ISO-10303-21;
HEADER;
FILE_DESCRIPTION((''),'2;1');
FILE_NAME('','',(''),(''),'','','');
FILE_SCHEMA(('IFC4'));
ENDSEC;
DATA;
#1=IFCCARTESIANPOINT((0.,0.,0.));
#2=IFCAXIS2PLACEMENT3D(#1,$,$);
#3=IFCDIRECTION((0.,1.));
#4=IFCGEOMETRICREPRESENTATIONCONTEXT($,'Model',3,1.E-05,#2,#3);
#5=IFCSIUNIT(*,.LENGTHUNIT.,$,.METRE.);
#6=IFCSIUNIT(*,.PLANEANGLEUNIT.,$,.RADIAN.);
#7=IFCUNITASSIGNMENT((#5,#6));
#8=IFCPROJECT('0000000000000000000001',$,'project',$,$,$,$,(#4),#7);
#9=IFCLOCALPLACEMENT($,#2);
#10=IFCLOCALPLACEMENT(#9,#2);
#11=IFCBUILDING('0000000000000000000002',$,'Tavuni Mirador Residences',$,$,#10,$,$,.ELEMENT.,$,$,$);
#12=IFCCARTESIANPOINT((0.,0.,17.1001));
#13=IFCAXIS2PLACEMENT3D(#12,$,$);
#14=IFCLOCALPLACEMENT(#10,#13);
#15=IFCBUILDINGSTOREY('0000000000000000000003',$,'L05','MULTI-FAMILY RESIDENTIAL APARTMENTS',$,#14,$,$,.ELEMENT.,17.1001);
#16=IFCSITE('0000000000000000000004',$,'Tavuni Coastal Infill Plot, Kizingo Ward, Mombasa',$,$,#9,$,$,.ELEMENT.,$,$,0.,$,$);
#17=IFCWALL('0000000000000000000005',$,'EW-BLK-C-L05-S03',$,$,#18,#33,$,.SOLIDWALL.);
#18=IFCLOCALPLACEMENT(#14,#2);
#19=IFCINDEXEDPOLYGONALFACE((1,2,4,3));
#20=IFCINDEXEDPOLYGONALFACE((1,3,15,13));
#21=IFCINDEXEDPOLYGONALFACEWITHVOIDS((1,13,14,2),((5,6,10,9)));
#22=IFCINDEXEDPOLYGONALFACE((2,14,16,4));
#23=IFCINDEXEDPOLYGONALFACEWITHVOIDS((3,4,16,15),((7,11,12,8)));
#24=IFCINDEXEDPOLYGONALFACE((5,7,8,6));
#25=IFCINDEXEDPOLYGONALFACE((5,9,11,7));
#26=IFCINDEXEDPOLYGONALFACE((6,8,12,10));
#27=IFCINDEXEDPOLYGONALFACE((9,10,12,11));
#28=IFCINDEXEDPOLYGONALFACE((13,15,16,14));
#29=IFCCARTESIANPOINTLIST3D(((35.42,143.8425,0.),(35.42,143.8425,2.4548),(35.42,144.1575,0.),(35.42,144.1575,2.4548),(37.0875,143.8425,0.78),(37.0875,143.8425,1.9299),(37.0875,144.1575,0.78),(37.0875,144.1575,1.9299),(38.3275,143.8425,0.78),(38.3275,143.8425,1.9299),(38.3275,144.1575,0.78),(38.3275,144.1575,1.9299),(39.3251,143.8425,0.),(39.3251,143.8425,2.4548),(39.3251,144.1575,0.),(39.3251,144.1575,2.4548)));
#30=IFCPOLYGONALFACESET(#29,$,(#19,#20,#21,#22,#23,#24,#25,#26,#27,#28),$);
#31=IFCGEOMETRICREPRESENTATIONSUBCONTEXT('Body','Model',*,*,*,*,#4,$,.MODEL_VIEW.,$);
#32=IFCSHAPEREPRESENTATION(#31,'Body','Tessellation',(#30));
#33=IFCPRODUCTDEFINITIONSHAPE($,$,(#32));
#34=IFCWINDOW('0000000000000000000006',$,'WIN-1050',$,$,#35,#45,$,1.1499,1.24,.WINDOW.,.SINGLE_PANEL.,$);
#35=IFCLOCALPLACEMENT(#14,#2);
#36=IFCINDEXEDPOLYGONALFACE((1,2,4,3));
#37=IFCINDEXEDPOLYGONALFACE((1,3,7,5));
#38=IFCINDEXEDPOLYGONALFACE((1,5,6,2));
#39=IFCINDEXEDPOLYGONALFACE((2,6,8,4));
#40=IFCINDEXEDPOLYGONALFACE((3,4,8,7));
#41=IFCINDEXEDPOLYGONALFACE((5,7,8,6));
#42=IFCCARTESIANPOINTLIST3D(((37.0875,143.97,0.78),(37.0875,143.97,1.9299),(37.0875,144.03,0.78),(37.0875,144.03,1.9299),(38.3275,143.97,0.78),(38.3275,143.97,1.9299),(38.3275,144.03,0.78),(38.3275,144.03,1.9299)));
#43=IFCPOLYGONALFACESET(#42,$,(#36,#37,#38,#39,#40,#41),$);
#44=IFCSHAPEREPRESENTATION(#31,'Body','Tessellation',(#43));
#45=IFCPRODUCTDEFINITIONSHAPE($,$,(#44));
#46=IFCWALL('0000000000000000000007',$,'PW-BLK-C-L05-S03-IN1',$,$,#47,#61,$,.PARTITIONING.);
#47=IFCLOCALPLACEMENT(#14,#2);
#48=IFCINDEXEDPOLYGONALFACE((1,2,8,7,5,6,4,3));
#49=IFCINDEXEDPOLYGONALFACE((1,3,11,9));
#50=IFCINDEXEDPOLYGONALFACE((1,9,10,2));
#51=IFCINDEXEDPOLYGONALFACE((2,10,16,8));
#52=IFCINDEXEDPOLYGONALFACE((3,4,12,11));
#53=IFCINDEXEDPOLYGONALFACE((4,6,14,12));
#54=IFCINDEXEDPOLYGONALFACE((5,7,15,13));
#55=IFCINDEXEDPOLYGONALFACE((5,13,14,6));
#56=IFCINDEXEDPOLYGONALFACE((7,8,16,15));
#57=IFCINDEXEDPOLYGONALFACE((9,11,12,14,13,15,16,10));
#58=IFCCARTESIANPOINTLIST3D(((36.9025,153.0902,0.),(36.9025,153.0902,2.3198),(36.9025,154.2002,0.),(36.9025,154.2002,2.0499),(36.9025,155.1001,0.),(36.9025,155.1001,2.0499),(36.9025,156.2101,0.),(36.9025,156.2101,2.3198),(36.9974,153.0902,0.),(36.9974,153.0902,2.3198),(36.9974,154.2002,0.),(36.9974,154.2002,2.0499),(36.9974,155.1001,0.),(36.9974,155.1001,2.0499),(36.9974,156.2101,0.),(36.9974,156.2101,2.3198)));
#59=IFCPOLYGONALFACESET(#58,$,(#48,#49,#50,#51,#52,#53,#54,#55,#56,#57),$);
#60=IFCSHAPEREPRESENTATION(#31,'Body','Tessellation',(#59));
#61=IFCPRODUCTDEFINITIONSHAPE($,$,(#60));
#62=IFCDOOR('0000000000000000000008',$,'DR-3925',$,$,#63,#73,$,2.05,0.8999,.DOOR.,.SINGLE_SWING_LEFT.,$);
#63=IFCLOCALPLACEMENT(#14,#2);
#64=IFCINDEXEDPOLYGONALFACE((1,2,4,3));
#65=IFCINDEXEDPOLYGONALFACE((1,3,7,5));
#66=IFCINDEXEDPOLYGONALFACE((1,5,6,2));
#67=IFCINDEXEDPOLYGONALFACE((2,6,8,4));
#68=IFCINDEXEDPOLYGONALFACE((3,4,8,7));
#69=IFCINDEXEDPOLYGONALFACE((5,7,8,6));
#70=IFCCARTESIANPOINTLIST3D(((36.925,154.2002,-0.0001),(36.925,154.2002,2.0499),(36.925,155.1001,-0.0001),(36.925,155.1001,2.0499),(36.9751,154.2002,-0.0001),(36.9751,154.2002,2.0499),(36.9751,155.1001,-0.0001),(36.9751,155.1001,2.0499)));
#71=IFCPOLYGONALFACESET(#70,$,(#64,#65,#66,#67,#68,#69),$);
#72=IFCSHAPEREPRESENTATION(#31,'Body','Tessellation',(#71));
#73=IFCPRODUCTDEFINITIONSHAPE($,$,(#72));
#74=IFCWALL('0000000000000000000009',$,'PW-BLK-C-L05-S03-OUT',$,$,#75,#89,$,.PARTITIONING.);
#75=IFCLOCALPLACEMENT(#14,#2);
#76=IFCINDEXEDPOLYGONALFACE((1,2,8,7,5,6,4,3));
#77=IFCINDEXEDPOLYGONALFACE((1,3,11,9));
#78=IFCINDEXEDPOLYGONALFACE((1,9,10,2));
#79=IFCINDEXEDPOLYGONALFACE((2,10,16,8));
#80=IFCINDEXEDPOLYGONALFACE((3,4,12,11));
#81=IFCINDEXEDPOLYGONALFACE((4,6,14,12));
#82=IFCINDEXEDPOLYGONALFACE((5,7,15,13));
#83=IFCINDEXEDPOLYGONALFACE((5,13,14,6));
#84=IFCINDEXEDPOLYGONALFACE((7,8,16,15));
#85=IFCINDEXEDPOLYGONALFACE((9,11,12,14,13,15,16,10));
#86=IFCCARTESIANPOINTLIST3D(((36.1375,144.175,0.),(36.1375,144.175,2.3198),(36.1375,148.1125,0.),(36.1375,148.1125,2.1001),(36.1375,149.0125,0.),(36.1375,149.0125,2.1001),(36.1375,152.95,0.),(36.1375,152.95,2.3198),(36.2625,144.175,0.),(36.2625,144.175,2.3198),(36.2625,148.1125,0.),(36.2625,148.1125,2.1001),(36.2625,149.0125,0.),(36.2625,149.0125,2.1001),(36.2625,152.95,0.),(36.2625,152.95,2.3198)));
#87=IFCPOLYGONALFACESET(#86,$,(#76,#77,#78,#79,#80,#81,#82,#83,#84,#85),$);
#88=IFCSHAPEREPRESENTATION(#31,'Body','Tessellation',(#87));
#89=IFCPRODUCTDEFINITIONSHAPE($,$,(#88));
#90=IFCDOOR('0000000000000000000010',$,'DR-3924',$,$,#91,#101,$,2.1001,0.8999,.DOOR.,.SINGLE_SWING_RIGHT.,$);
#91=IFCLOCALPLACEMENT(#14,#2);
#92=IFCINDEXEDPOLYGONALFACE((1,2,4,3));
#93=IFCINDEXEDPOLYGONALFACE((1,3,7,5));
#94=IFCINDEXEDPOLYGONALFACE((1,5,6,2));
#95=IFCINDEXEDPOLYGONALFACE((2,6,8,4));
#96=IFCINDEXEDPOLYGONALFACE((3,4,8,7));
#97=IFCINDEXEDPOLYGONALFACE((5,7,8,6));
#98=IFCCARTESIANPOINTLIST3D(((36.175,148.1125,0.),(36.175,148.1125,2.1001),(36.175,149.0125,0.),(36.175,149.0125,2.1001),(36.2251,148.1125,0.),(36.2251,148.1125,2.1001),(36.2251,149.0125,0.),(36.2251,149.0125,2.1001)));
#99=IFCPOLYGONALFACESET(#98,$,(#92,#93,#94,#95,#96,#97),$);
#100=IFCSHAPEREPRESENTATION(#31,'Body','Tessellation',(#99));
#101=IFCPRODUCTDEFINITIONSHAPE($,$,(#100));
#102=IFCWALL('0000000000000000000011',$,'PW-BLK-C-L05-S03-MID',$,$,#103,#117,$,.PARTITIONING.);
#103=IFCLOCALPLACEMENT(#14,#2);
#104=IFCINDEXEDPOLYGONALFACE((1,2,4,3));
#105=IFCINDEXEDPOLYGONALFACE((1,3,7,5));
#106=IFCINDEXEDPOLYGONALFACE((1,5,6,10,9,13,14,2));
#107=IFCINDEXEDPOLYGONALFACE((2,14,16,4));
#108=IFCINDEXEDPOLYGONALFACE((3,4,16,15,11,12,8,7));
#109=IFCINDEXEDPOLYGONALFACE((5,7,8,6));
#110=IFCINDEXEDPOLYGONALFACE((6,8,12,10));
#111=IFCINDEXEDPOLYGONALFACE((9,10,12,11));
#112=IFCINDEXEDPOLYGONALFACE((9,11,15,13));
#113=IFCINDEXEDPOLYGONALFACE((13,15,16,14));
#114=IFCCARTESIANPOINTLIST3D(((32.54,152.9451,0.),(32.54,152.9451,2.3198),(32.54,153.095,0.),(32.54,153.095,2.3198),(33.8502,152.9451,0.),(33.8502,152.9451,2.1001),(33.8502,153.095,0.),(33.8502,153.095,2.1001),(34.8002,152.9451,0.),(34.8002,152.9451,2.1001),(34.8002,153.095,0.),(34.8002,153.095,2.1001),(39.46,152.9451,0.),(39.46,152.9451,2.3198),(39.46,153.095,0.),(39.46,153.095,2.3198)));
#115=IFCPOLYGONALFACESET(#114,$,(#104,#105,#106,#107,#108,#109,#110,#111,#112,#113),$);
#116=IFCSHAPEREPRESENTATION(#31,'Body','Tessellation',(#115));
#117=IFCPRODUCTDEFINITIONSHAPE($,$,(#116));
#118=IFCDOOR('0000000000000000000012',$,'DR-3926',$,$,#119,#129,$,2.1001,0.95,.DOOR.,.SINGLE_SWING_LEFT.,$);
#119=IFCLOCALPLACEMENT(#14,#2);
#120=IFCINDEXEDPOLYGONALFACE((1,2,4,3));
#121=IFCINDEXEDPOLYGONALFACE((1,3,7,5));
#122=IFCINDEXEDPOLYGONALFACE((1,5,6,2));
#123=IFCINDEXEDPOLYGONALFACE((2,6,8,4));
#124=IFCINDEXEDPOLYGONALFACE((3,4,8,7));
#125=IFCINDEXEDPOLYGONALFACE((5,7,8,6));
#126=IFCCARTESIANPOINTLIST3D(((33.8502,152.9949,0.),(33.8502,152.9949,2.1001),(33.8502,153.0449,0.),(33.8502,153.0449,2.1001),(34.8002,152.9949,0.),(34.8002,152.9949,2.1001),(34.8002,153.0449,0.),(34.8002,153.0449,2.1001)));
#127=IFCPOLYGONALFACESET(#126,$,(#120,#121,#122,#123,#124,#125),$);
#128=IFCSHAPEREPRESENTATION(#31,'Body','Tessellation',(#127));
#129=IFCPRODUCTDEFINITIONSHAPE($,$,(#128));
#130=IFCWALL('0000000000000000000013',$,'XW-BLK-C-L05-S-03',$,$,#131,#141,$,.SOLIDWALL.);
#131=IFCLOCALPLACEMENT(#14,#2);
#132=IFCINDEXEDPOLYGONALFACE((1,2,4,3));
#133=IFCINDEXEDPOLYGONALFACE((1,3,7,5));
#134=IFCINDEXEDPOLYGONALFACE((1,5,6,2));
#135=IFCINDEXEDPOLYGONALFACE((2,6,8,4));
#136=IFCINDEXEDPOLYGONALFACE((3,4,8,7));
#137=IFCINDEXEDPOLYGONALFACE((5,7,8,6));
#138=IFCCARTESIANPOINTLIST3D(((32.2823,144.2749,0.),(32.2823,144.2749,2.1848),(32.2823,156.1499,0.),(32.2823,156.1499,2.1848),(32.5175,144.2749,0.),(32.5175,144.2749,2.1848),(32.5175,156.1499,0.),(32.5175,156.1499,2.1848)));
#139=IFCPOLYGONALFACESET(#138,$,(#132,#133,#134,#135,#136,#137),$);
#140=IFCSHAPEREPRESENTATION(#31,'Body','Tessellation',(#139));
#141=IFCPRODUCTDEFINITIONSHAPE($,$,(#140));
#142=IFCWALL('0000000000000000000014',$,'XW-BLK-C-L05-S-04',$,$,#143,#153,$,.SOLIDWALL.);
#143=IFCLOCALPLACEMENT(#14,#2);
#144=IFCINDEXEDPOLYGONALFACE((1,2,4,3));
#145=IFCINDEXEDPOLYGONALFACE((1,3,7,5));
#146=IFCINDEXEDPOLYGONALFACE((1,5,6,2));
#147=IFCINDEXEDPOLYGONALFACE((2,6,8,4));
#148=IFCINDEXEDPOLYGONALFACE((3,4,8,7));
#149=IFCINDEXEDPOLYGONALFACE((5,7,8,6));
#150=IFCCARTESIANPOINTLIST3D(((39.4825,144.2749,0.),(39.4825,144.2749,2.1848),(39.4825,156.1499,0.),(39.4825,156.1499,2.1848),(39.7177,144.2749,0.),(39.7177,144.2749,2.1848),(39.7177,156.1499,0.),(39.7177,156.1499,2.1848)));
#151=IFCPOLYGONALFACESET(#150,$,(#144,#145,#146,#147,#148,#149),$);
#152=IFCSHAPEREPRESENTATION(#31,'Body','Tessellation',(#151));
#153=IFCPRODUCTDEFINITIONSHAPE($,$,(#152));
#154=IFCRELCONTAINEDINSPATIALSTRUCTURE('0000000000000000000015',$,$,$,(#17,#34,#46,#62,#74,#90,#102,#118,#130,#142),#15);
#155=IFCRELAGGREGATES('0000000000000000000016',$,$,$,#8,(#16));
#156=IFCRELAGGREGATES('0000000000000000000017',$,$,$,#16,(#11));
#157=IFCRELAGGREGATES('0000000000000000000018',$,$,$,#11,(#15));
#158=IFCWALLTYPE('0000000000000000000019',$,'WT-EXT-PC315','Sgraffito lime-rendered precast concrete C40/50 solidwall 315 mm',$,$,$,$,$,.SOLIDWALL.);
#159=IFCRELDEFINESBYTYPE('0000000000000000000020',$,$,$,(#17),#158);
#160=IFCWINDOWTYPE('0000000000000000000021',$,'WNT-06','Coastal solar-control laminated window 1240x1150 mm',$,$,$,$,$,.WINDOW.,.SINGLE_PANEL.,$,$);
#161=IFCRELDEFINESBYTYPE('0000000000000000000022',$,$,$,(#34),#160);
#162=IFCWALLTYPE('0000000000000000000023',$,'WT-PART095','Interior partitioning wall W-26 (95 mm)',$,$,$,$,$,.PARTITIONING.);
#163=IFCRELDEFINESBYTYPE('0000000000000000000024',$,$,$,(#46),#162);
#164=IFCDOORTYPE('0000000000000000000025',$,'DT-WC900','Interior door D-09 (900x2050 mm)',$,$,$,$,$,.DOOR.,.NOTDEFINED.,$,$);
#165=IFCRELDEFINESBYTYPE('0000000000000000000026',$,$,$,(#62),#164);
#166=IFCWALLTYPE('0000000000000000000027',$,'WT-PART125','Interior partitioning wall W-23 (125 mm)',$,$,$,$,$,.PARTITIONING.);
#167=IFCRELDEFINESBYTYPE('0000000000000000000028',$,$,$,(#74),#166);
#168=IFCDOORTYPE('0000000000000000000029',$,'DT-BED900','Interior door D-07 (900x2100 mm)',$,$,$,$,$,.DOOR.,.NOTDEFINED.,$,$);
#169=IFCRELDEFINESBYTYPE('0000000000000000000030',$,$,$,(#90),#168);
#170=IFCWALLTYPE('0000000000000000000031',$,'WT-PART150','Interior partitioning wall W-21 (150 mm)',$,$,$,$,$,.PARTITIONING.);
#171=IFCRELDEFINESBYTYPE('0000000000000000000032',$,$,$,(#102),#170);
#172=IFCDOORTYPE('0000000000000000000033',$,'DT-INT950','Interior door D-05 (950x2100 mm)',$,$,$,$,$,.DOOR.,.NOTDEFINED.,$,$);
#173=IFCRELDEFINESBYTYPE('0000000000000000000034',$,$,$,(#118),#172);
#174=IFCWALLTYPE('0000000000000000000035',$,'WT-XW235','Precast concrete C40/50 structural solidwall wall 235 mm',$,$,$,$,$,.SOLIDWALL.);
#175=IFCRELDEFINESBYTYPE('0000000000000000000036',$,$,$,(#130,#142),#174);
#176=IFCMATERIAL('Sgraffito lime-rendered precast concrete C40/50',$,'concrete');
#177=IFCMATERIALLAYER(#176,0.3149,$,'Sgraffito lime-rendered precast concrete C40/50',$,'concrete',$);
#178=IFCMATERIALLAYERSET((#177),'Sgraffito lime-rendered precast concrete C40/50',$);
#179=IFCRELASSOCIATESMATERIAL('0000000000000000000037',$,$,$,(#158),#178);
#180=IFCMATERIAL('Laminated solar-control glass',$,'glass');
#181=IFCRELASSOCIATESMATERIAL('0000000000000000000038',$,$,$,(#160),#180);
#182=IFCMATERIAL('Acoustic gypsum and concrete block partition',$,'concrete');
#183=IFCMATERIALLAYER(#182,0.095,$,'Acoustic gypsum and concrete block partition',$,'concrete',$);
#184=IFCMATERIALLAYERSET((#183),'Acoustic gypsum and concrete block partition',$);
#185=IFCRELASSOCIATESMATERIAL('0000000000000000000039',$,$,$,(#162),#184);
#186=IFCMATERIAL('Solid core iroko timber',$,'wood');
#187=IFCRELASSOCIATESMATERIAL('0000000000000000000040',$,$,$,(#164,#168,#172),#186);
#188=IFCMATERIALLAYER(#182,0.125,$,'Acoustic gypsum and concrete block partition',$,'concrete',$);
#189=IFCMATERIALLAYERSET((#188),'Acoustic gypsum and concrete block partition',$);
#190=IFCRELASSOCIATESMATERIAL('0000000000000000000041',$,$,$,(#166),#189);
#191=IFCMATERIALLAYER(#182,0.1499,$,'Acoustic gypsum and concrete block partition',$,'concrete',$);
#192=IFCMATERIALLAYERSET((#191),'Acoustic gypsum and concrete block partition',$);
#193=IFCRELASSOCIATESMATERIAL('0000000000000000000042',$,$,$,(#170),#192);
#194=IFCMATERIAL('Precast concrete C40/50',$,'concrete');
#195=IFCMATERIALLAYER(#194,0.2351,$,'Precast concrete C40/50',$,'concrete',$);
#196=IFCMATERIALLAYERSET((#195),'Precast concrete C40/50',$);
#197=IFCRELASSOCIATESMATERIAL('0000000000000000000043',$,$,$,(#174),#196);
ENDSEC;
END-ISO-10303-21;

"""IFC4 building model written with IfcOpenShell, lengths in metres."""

from ifc_helpers import new_model, si_unit, direction, frame, frame_2d, origin, place, context, subcontext, project, spatial, rectangle, extrude, material, layer, layer_set, type_object, element, fill, save


model = new_model("IFC4")

# Units and contexts
model_context = context("Model", 3, precision=1e-05, world=origin(), true_north=direction((0.0, 1.0)))
body_context = subcontext(model_context, "Body", "Model", "MODEL_VIEW")
ifc_project = project(units=[si_unit("LENGTHUNIT", "METRE"), si_unit("PLANEANGLEUNIT", "RADIAN")], contexts=[model_context])

# Site, building, storey
site_placement = place(None, origin())
site = spatial("IfcSite", under=ifc_project, at=site_placement, Name="Tavuni Coastal Infill Plot, Kizingo Ward, Mombasa", CompositionType="ELEMENT", RefElevation=0.0)
building_placement = place(site_placement, origin())
building = spatial("IfcBuilding", under=site, at=building_placement, Name="Tavuni Mirador Residences", CompositionType="ELEMENT")
storey_placement = place(building_placement, frame((0.0, 0.0, 17.1001)))
storey = spatial("IfcBuildingStorey", under=building, at=storey_placement, Name="L05", Description="MULTI-FAMILY RESIDENTIAL APARTMENTS", CompositionType="ELEMENT", Elevation=17.1001)

# Shared definitions
ifc_material_1 = material(Name="Precast concrete C40/50", Category="concrete")

# Shared definitions
ifc_material_2 = material(Name="Solid core iroko timber", Category="wood")

# Wall, opening, window
ifc_material_3 = material(Name="Sgraffito lime-rendered precast concrete C40/50", Category="concrete")
ifc_layer_1 = layer(ifc_material_3, 0.3149, Name="Sgraffito lime-rendered precast concrete C40/50", Category="concrete")
ifc_layer_set_1 = layer_set([ifc_layer_1], Name="Sgraffito lime-rendered precast concrete C40/50")
wall_type_1 = type_object("IfcWallType", Name="WT-EXT-PC315", Description="Sgraffito lime-rendered precast concrete C40/50 solidwall 315 mm", PredefinedType="SOLIDWALL", material=ifc_layer_set_1)
wall_1_placement = place(storey_placement, frame((35.4199, 144.0, 0.0), z_axis=(0.0, 0.0, 1.0), x_axis=(1.0, 0.0, 0.0)))
wall_1 = element("IfcWall", 1, at=wall_1_placement, inside=storey, type_object=wall_type_1, Name="EW-BLK-C-L05-S03", PredefinedType="SOLIDWALL", context=body_context, shape_type="SweptSolid", body=[
    extrude(rectangle(XDim=3.905, YDim=0.3149, at=frame_2d((1.9526, 0.0))), origin(), (0.0, 0.0, 1.0), 2.4548),
])
opening_1_placement = place(wall_1_placement, frame((1.6675, 0.0, 0.78)))
opening_1 = element("IfcOpeningElement", 2, at=opening_1_placement, cuts=wall_1, PredefinedType="OPENING", context=body_context, shape_type="SweptSolid", body=[
    extrude(rectangle(XDim=1.24, YDim=1.1499, at=frame_2d((0.6201, 0.575))), frame((0.0, 0.1675, 0.0), z_axis=(0.0, -1.0, 0.0), x_axis=(1.0, 0.0, 0.0)), (0.0, 0.0, 1.0), 0.335),
])
ifc_material_4 = material(Name="Laminated solar-control glass", Category="glass")
window_type = type_object("IfcWindowType", Name="WNT-06", Description="Coastal solar-control laminated window 1240x1150 mm", PartitioningType="SINGLE_PANEL", PredefinedType="WINDOW", material=ifc_material_4)
window_placement = place(opening_1_placement, origin())
window = element("IfcWindow", 3, at=window_placement, inside=storey, type_object=window_type, Name="WIN-1050", OverallHeight=1.1499, OverallWidth=1.24, PartitioningType="SINGLE_PANEL", PredefinedType="WINDOW", context=body_context, shape_type="SweptSolid", body=[
    extrude(rectangle(XDim=1.24, YDim=1.1499, at=frame_2d((0.6201, 0.575))), frame((0.0, 0.03, 0.0), z_axis=(0.0, -1.0, 0.0), x_axis=(1.0, 0.0, 0.0)), (0.0, 0.0, 1.0), 0.0601),
])
fill(opening_1, window)

# Walls, openings, doors
ifc_material_5 = material(Name="Acoustic gypsum and concrete block partition", Category="concrete")
ifc_layer_2 = layer(ifc_material_5, 0.095, Name="Acoustic gypsum and concrete block partition", Category="concrete")
ifc_layer_set_2 = layer_set([ifc_layer_2], Name="Acoustic gypsum and concrete block partition")
wall_type_2 = type_object("IfcWallType", Name="WT-PART095", Description="Interior partitioning wall W-26 (95 mm)", PredefinedType="PARTITIONING", material=ifc_layer_set_2)
wall_2_placement = place(storey_placement, frame((36.95, 153.0901, 0.0), z_axis=(0.0, 0.0, 1.0), x_axis=(0.0, 1.0, 0.0)))
wall_2 = element("IfcWall", 4, at=wall_2_placement, inside=storey, type_object=wall_type_2, Name="PW-BLK-C-L05-S03-IN1", PredefinedType="PARTITIONING", context=body_context, shape_type="SweptSolid", body=[
    extrude(rectangle(XDim=3.1199, YDim=0.095, at=frame_2d((1.5601, 0.0))), origin(), (0.0, 0.0, 1.0), 2.3198),
])
opening_2_placement = place(wall_2_placement, frame((1.1101, 0.0, 0.0)))
opening_2 = element("IfcOpeningElement", 5, at=opening_2_placement, cuts=wall_2, PredefinedType="OPENING", context=body_context, shape_type="SweptSolid", body=[
    extrude(rectangle(XDim=0.8999, YDim=2.05, at=frame_2d((0.45, 1.0249))), frame((0.0, 0.0576, 0.0), z_axis=(0.0, -1.0, 0.0), x_axis=(1.0, 0.0, 0.0)), (0.0, 0.0, 1.0), 0.115),
])
door_type_1 = type_object("IfcDoorType", Name="DT-WC900", Description="Interior door D-09 (900x2050 mm)", OperationType="NOTDEFINED", PredefinedType="DOOR", material=ifc_material_2)
door_1_placement = place(opening_2_placement, origin())
door_1 = element("IfcDoor", 6, at=door_1_placement, inside=storey, type_object=door_type_1, Name="DR-3925", OperationType="SINGLE_SWING_LEFT", OverallHeight=2.05, OverallWidth=0.8999, PredefinedType="DOOR", context=body_context, shape_type="SweptSolid", body=[
    extrude(rectangle(XDim=0.8999, YDim=2.05, at=frame_2d((0.45, 1.0249))), frame((0.0, 0.0249, 0.0), z_axis=(0.0, -1.0, 0.0), x_axis=(1.0, 0.0, 0.0)), (0.0, 0.0, 1.0), 0.05),
])
fill(opening_2, door_1)
ifc_layer_3 = layer(ifc_material_5, 0.125, Name="Acoustic gypsum and concrete block partition", Category="concrete")
ifc_layer_set_3 = layer_set([ifc_layer_3], Name="Acoustic gypsum and concrete block partition")
wall_type_3 = type_object("IfcWallType", Name="WT-PART125", Description="Interior partitioning wall W-23 (125 mm)", PredefinedType="PARTITIONING", material=ifc_layer_set_3)
wall_3_placement = place(storey_placement, frame((36.2, 144.175, 0.0), z_axis=(0.0, 0.0, 1.0), x_axis=(0.0, 1.0, 0.0)))
wall_3 = element("IfcWall", 7, at=wall_3_placement, inside=storey, type_object=wall_type_3, Name="PW-BLK-C-L05-S03-OUT", PredefinedType="PARTITIONING", context=body_context, shape_type="SweptSolid", body=[
    extrude(rectangle(XDim=8.7749, YDim=0.125, at=frame_2d((4.3875, 0.0))), origin(), (0.0, 0.0, 1.0), 2.3198),
])
opening_3_placement = place(wall_3_placement, frame((3.9375, 0.0, 0.0)))
opening_3 = element("IfcOpeningElement", 8, at=opening_3_placement, cuts=wall_3, PredefinedType="OPENING", context=body_context, shape_type="SweptSolid", body=[
    extrude(rectangle(XDim=0.8999, YDim=2.1001, at=frame_2d((0.45, 1.05))), frame((0.0, 0.0725, 0.0), z_axis=(0.0, -1.0, 0.0), x_axis=(1.0, 0.0, 0.0)), (0.0, 0.0, 1.0), 0.145),
])
door_type_2 = type_object("IfcDoorType", Name="DT-BED900", Description="Interior door D-07 (900x2100 mm)", OperationType="NOTDEFINED", PredefinedType="DOOR", material=ifc_material_2)
door_2_placement = place(opening_3_placement, origin())
door_2 = element("IfcDoor", 9, at=door_2_placement, inside=storey, type_object=door_type_2, Name="DR-3924", OperationType="SINGLE_SWING_RIGHT", OverallHeight=2.1001, OverallWidth=0.8999, PredefinedType="DOOR", context=body_context, shape_type="SweptSolid", body=[
    extrude(rectangle(XDim=0.8999, YDim=2.1001, at=frame_2d((0.45, 1.05))), frame((0.0, 0.0249, 0.0), z_axis=(0.0, -1.0, 0.0), x_axis=(1.0, 0.0, 0.0)), (0.0, 0.0, 1.0), 0.05),
])
fill(opening_3, door_2)
ifc_layer_4 = layer(ifc_material_5, 0.1499, Name="Acoustic gypsum and concrete block partition", Category="concrete")
ifc_layer_set_4 = layer_set([ifc_layer_4], Name="Acoustic gypsum and concrete block partition")
wall_type_4 = type_object("IfcWallType", Name="WT-PART150", Description="Interior partitioning wall W-21 (150 mm)", PredefinedType="PARTITIONING", material=ifc_layer_set_4)
wall_4_placement = place(storey_placement, frame((32.54, 153.02, 0.0), z_axis=(0.0, 0.0, 1.0), x_axis=(1.0, 0.0, 0.0)))
wall_4 = element("IfcWall", 10, at=wall_4_placement, inside=storey, type_object=wall_type_4, Name="PW-BLK-C-L05-S03-MID", PredefinedType="PARTITIONING", context=body_context, shape_type="SweptSolid", body=[
    extrude(rectangle(XDim=6.9199, YDim=0.1499, at=frame_2d((3.46, 0.0))), origin(), (0.0, 0.0, 1.0), 2.3198),
])
opening_4_placement = place(wall_4_placement, frame((1.3101, 0.0, 0.0)))
opening_4 = element("IfcOpeningElement", 11, at=opening_4_placement, cuts=wall_4, PredefinedType="OPENING", context=body_context, shape_type="SweptSolid", body=[
    extrude(rectangle(XDim=0.95, YDim=2.1001, at=frame_2d((0.4751, 1.05))), frame((0.0, 0.085, 0.0), z_axis=(0.0, -1.0, 0.0), x_axis=(1.0, 0.0, 0.0)), (0.0, 0.0, 1.0), 0.1699),
])
door_type_3 = type_object("IfcDoorType", Name="DT-INT950", Description="Interior door D-05 (950x2100 mm)", OperationType="NOTDEFINED", PredefinedType="DOOR", material=ifc_material_2)
door_3_placement = place(opening_4_placement, origin())
door_3 = element("IfcDoor", 12, at=door_3_placement, inside=storey, type_object=door_type_3, Name="DR-3926", OperationType="SINGLE_SWING_LEFT", OverallHeight=2.1001, OverallWidth=0.95, PredefinedType="DOOR", context=body_context, shape_type="SweptSolid", body=[
    extrude(rectangle(XDim=0.95, YDim=2.1001, at=frame_2d((0.4751, 1.05))), frame((0.0, 0.0249, 0.0), z_axis=(0.0, -1.0, 0.0), x_axis=(1.0, 0.0, 0.0)), (0.0, 0.0, 1.0), 0.05),
])
fill(opening_4, door_3)

# Walls
ifc_layer_5 = layer(ifc_material_1, 0.2351, Name="Precast concrete C40/50", Category="concrete")
ifc_layer_set_5 = layer_set([ifc_layer_5], Name="Precast concrete C40/50")
wall_type_5 = type_object("IfcWallType", Name="WT-XW235", Description="Precast concrete C40/50 structural solidwall wall 235 mm", PredefinedType="SOLIDWALL", material=ifc_layer_set_5)
for number, where, z_axis, x_axis, name in (
    (13, (32.3999, 144.2749, 0.0), (0.0, 0.0, 1.0), (0.0, 1.0, 0.0), "XW-BLK-C-L05-S-03"),
    (14, (39.6001, 144.2749, 0.0), (0.0, 0.0, 1.0), (0.0, 1.0, 0.0), "XW-BLK-C-L05-S-04"),
):
    element("IfcWall", number, at=place(storey_placement, frame(where, z_axis=z_axis, x_axis=x_axis)), inside=storey, type_object=wall_type_5, Name=name, PredefinedType="SOLIDWALL", context=body_context, shape_type="SweptSolid", body=[
        extrude(rectangle(XDim=11.875, YDim=0.2351, at=frame_2d((5.9375, 0.0))), origin(), (0.0, 0.0, 1.0), 2.1848),
    ])

save(model, "model.ifc")
